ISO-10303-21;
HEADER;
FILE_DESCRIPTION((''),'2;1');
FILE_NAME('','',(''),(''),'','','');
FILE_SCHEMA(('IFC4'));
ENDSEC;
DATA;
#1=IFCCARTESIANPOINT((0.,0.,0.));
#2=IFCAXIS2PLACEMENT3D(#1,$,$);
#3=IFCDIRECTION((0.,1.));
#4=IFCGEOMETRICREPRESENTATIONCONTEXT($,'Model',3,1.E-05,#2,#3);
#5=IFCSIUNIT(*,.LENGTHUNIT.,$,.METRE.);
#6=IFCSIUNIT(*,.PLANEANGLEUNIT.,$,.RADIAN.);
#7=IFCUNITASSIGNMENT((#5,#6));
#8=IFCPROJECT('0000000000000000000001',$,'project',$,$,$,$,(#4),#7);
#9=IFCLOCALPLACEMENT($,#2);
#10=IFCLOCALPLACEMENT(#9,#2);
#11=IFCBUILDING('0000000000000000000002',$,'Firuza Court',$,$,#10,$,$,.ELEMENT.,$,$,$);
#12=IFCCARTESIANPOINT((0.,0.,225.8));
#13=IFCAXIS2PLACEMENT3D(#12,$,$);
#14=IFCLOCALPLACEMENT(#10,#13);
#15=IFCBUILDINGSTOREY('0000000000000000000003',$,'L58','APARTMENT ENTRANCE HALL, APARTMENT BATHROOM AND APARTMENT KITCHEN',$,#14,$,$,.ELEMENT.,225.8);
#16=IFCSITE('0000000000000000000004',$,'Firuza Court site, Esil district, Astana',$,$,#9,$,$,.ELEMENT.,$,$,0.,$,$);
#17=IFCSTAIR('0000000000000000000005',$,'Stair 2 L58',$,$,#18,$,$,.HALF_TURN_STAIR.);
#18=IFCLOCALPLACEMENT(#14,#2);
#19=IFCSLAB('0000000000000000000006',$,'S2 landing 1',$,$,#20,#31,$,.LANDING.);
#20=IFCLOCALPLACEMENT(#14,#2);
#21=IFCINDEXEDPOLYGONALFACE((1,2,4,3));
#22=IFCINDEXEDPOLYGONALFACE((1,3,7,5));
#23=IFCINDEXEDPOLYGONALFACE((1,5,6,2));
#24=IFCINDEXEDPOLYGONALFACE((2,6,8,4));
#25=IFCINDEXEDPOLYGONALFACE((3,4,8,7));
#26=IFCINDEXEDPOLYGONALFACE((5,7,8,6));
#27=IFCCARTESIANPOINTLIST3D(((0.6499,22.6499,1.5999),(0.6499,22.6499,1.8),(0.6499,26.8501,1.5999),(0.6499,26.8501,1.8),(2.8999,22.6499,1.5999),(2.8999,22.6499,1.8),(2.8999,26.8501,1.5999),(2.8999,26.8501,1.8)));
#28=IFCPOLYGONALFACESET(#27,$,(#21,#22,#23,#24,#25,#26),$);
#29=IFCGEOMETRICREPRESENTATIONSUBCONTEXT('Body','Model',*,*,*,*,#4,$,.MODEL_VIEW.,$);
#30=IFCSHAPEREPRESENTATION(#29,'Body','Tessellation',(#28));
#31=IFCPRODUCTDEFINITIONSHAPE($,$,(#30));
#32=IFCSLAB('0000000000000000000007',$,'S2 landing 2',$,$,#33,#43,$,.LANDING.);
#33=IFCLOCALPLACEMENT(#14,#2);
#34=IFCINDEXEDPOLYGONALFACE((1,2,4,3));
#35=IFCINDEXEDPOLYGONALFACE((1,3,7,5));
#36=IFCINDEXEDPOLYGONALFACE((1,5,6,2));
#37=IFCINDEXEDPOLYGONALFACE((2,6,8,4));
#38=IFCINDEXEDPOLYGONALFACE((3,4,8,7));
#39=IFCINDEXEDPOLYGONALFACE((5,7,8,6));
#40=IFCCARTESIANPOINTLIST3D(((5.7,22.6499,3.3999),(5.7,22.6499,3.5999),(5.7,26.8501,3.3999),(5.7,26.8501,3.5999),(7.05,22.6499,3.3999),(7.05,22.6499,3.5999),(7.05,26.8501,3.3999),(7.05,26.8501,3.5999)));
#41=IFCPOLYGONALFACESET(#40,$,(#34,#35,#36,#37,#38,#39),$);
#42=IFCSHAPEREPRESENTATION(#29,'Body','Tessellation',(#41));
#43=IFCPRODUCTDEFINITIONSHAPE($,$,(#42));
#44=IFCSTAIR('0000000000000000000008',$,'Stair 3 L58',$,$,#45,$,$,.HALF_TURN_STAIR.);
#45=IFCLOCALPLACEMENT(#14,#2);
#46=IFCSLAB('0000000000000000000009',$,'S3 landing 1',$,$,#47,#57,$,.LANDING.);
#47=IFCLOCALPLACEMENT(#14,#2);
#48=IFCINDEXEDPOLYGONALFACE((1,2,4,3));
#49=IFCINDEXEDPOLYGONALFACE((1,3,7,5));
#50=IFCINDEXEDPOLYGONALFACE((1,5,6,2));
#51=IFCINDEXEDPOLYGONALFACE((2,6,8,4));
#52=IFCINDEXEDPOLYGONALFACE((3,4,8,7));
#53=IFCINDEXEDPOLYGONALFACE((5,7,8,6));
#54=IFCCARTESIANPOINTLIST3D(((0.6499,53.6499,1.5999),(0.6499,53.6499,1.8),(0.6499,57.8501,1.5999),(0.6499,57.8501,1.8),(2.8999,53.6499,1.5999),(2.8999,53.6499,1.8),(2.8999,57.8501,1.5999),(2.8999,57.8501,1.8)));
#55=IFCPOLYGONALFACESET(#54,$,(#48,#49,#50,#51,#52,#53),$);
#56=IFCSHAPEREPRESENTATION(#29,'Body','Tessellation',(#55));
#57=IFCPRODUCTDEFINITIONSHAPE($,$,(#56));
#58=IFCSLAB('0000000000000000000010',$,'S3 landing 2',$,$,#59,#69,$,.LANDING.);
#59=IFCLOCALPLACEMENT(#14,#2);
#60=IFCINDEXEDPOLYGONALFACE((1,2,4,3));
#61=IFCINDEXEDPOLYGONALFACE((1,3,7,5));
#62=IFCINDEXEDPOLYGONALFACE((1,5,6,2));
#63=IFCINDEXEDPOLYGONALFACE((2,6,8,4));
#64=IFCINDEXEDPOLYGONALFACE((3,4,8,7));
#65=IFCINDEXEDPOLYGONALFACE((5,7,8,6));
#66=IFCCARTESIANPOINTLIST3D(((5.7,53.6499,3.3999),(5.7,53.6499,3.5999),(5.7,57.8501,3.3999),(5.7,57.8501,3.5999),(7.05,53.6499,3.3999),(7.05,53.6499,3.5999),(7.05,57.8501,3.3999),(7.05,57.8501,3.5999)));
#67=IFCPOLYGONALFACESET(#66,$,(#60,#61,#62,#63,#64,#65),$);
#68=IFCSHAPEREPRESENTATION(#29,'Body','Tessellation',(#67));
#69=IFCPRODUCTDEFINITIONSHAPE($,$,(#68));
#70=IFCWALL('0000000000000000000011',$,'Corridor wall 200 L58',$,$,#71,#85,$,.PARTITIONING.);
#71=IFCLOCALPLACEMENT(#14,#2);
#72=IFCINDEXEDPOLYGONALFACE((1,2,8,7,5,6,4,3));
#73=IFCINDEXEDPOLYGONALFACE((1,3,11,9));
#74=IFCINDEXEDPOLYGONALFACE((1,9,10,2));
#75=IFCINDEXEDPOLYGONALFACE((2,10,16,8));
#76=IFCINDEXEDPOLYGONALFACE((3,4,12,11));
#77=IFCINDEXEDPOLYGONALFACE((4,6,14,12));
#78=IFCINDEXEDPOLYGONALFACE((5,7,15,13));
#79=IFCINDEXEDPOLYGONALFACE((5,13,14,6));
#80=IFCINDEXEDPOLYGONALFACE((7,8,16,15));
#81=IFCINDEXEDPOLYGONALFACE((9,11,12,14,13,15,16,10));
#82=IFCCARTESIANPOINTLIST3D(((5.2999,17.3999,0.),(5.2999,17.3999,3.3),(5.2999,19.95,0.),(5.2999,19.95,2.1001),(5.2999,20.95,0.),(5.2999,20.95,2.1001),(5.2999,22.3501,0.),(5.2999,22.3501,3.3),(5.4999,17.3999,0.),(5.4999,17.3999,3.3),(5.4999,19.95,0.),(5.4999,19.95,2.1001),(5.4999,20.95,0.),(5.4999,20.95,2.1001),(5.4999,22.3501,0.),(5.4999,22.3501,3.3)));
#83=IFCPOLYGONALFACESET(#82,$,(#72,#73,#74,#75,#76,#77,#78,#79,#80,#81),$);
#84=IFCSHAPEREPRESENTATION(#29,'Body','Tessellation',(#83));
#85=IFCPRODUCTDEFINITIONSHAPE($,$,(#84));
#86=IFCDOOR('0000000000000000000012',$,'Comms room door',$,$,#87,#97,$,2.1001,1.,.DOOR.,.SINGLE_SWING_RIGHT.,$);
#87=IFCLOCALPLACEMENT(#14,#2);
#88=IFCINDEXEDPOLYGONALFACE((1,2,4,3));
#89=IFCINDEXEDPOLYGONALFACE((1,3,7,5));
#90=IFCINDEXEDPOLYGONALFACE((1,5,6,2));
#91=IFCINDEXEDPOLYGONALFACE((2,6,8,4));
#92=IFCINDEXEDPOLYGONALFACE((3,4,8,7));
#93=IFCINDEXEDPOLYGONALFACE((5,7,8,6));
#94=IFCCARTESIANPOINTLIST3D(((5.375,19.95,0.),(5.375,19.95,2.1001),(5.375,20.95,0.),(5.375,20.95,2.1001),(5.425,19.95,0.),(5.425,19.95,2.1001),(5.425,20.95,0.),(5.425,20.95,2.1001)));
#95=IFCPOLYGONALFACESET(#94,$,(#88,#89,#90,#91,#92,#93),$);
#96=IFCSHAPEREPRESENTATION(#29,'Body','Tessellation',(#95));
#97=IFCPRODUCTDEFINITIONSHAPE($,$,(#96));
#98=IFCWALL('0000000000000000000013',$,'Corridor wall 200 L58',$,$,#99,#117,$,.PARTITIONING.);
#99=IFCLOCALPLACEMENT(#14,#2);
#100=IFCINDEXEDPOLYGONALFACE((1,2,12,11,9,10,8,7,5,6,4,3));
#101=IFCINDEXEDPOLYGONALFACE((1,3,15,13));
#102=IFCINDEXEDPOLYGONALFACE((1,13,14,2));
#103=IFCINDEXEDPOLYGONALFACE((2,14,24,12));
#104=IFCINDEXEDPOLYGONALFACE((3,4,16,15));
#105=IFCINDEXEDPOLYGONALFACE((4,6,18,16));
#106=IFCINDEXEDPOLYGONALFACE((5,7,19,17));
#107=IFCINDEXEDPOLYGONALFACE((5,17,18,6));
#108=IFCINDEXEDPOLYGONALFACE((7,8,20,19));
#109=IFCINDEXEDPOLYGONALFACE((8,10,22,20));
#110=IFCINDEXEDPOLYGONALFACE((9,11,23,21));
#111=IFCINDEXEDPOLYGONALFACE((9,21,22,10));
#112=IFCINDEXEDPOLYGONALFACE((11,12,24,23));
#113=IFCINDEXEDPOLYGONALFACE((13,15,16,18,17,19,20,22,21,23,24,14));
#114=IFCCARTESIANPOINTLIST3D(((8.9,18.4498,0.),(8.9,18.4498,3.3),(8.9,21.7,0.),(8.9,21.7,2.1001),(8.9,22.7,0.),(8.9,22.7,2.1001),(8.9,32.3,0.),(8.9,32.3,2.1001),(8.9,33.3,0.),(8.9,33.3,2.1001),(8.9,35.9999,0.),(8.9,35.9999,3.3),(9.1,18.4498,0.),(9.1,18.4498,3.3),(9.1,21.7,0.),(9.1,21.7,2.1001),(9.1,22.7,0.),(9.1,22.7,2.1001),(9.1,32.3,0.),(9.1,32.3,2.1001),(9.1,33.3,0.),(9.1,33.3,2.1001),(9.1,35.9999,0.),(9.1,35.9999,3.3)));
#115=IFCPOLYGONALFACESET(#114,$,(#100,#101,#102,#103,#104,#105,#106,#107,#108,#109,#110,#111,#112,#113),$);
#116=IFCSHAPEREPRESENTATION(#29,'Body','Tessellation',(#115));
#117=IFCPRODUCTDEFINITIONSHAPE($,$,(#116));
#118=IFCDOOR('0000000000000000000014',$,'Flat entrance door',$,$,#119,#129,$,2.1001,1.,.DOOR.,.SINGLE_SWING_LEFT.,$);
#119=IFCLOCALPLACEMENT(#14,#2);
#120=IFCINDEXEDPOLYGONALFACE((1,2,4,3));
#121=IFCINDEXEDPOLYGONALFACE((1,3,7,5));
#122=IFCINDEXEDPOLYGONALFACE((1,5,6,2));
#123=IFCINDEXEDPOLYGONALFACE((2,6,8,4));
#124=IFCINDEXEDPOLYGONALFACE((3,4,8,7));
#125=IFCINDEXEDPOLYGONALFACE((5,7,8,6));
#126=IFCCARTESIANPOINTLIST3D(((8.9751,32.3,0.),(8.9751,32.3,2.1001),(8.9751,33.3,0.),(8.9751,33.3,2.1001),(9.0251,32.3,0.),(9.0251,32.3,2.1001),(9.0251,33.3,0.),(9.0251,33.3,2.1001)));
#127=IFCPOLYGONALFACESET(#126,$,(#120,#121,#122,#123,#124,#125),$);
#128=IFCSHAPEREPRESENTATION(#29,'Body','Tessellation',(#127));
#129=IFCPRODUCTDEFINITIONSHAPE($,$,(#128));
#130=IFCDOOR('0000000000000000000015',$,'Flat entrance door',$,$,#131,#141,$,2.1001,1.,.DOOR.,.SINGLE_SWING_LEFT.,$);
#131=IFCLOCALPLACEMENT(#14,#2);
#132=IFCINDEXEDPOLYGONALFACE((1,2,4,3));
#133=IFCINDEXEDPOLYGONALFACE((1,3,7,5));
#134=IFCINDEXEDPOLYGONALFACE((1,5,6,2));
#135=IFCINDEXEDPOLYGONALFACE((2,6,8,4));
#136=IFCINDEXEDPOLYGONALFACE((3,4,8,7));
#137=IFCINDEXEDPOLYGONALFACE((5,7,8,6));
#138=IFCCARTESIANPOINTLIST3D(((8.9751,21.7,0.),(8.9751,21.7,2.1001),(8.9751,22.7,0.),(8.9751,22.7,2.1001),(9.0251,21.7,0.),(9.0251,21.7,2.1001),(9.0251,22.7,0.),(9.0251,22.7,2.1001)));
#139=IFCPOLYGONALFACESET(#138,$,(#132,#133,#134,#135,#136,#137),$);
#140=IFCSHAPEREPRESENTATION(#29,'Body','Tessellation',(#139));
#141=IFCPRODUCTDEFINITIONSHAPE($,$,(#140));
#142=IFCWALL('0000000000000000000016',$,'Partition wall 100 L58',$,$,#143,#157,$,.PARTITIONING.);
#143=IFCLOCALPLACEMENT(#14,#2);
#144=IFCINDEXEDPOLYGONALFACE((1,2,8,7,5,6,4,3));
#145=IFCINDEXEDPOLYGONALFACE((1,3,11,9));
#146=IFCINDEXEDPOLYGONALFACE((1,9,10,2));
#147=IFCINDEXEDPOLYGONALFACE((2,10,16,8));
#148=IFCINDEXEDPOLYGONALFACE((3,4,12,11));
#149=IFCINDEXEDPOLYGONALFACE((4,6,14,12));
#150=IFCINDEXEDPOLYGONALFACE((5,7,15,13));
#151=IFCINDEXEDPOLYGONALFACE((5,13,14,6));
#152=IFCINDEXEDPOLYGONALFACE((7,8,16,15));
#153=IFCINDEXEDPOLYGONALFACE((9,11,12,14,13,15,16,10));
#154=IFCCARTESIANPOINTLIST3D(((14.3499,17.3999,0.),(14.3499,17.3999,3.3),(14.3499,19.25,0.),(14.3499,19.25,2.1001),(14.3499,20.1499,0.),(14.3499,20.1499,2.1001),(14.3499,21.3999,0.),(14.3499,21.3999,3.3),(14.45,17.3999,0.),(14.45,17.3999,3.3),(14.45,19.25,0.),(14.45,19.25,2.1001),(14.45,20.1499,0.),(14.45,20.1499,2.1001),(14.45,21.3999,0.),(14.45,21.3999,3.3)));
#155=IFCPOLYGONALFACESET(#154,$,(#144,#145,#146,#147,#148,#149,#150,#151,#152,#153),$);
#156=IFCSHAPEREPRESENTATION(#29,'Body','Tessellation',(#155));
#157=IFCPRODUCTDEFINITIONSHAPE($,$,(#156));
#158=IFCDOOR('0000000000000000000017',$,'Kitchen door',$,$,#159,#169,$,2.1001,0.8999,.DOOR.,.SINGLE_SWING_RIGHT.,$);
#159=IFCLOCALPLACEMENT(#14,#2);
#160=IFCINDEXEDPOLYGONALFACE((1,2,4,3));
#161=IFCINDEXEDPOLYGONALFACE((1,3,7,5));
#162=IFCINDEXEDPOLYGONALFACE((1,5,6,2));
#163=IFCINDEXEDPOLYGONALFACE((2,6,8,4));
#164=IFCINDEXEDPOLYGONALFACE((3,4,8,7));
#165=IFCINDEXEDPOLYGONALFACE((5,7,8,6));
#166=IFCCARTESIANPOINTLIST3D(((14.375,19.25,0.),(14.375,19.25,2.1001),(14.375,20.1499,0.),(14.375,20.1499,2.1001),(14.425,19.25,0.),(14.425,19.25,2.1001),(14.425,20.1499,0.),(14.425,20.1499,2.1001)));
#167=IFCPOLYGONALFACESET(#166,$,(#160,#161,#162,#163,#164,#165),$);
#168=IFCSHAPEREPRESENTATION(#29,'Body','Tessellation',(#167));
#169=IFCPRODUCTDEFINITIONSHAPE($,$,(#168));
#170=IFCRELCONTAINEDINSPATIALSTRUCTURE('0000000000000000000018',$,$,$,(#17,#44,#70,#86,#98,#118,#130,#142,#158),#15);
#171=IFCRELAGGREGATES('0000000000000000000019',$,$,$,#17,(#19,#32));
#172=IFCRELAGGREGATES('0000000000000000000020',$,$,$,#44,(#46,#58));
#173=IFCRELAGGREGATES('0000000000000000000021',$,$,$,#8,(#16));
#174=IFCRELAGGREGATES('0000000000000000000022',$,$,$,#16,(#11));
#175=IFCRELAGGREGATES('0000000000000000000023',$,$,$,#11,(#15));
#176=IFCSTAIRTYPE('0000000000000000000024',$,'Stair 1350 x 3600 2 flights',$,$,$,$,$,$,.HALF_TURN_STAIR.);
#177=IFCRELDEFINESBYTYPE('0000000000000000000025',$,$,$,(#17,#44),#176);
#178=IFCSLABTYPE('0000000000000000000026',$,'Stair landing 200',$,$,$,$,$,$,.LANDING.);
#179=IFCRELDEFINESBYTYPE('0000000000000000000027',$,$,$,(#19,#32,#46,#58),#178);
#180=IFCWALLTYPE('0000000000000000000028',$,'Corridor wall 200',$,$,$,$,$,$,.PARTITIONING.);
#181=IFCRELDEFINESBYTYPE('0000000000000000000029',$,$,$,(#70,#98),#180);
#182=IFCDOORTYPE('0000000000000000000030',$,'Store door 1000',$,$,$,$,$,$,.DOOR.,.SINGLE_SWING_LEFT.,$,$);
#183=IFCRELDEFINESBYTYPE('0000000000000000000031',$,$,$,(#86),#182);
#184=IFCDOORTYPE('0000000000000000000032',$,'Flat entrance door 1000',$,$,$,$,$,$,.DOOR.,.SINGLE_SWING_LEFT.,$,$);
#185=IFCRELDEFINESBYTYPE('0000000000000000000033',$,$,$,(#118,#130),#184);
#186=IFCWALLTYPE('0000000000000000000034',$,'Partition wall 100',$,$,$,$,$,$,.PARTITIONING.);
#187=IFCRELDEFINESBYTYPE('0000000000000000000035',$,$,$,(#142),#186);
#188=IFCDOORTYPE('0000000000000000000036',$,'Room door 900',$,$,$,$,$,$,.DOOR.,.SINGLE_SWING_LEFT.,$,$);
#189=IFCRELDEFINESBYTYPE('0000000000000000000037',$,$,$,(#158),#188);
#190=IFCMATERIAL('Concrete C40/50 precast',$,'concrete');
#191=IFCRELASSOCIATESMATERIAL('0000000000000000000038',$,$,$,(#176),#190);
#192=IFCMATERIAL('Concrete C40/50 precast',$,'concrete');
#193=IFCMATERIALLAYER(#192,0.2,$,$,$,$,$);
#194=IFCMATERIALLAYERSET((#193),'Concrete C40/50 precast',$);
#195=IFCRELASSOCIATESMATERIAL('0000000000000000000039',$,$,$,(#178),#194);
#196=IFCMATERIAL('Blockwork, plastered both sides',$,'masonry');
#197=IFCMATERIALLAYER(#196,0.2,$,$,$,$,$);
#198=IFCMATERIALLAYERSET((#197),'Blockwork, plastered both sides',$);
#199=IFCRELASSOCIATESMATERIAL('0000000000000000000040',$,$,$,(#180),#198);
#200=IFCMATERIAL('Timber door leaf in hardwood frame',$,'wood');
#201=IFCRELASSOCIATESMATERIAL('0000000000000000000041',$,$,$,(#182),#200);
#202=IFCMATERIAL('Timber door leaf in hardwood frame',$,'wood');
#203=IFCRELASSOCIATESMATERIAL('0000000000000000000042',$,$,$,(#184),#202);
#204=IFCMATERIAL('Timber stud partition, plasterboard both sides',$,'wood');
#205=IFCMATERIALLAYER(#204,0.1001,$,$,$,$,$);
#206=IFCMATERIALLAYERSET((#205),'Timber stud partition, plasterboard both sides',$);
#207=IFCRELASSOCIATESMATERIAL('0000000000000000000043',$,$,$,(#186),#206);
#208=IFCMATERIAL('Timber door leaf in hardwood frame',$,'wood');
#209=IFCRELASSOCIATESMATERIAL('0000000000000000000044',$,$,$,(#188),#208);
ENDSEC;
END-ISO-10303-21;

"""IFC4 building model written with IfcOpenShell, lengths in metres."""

from ifc_helpers import new_model, si_unit, direction, frame, frame_2d, origin, place, context, subcontext, project, spatial, polyline, rectangle, outline, extrude, material, layer, layer_set, type_object, element, fill, aggregate, save


model = new_model("IFC4")

# Units and contexts
model_context = context("Model", 3, precision=1e-05, world=origin(), true_north=direction((0.0, 1.0)))
body_context = subcontext(model_context, "Body", "Model", "MODEL_VIEW")
ifc_project = project(units=[si_unit("LENGTHUNIT", "METRE"), si_unit("PLANEANGLEUNIT", "RADIAN")], contexts=[model_context])

# Site, building, storey
site_placement = place(None, origin())
site = spatial("IfcSite", under=ifc_project, at=site_placement, Name="Firuza Court site, Esil district, Astana", CompositionType="ELEMENT", RefElevation=0.0)
building_placement = place(site_placement, origin())
building = spatial("IfcBuilding", under=site, at=building_placement, Name="Firuza Court", CompositionType="ELEMENT")
storey_placement = place(building_placement, frame((0.0, 0.0, 225.8)))
storey = spatial("IfcBuildingStorey", under=building, at=storey_placement, Name="L58", Description="APARTMENT ENTRANCE HALL, APARTMENT BATHROOM AND APARTMENT KITCHEN", CompositionType="ELEMENT", Elevation=225.8)

# Stairs, slabs
ifc_material_1 = material(Name="Concrete C40/50 precast", Category="concrete")
stair_type = type_object("IfcStairType", Name="Stair 1350 x 3600 2 flights", PredefinedType="HALF_TURN_STAIR", material=ifc_material_1)
ifc_material_2 = material(Name="Concrete C40/50 precast", Category="concrete")
ifc_layer_1 = layer(ifc_material_2, 0.2)
ifc_layer_set_1 = layer_set([ifc_layer_1], Name="Concrete C40/50 precast")
slab_type_1 = type_object("IfcSlabType", Name="Stair landing 200", PredefinedType="LANDING", material=ifc_layer_set_1)
stair_1_placement = place(storey_placement, origin())
stair_1 = element("IfcStair", 1, at=stair_1_placement, inside=storey, type_object=stair_type, Name="Stair 2 L58", PredefinedType="HALF_TURN_STAIR")
slab_1_placement = place(storey_placement, frame((0.0, 0.0, 1.5999)))
slab_1 = element("IfcSlab", 2, at=slab_1_placement, type_object=slab_type_1, Name="S2 landing 1", PredefinedType="LANDING", context=body_context, shape_type="SweptSolid", body=[
    extrude(outline(polyline([(2.8999, 22.6499), (2.8999, 26.8501), (0.6499, 26.8501), (0.6499, 22.6499), (2.8999, 22.6499)])), origin(), (0.0, 0.0, 1.0), 0.2002),
])
slab_2_placement = place(storey_placement, frame((0.0, 0.0, 3.3999)))
slab_2 = element("IfcSlab", 3, at=slab_2_placement, type_object=slab_type_1, Name="S2 landing 2", PredefinedType="LANDING", context=body_context, shape_type="SweptSolid", body=[
    extrude(outline(polyline([(7.05, 22.6499), (7.05, 26.8501), (5.7, 26.8501), (5.7, 22.6499), (7.05, 22.6499)])), origin(), (0.0, 0.0, 1.0), 0.2),
])
aggregate(stair_1, [slab_1, slab_2])
stair_2_placement = place(storey_placement, origin())
stair_2 = element("IfcStair", 4, at=stair_2_placement, inside=storey, type_object=stair_type, Name="Stair 3 L58", PredefinedType="HALF_TURN_STAIR")
slab_3_placement = place(storey_placement, frame((0.0, 0.0, 1.5999)))
slab_3 = element("IfcSlab", 5, at=slab_3_placement, type_object=slab_type_1, Name="S3 landing 1", PredefinedType="LANDING", context=body_context, shape_type="SweptSolid", body=[
    extrude(outline(polyline([(2.8999, 53.6499), (2.8999, 57.8501), (0.6499, 57.8501), (0.6499, 53.6499), (2.8999, 53.6499)])), origin(), (0.0, 0.0, 1.0), 0.2002),
])
slab_4_placement = place(storey_placement, frame((0.0, 0.0, 3.3999)))
slab_4 = element("IfcSlab", 6, at=slab_4_placement, type_object=slab_type_1, Name="S3 landing 2", PredefinedType="LANDING", context=body_context, shape_type="SweptSolid", body=[
    extrude(outline(polyline([(7.05, 53.6499), (7.05, 57.8501), (5.7, 57.8501), (5.7, 53.6499), (7.05, 53.6499)])), origin(), (0.0, 0.0, 1.0), 0.2),
])
aggregate(stair_2, [slab_3, slab_4])

# Wall, opening, door
ifc_material_3 = material(Name="Blockwork, plastered both sides", Category="masonry")
ifc_layer_2 = layer(ifc_material_3, 0.2)
ifc_layer_set_2 = layer_set([ifc_layer_2], Name="Blockwork, plastered both sides")
wall_type_1 = type_object("IfcWallType", Name="Corridor wall 200", PredefinedType="PARTITIONING", material=ifc_layer_set_2)
wall_1_placement = place(storey_placement, frame((5.3999, 17.3999, 0.0), z_axis=(0.0, 0.0, 1.0), x_axis=(0.0, 1.0, 0.0)))
wall_1 = element("IfcWall", 7, at=wall_1_placement, inside=storey, type_object=wall_type_1, Name="Corridor wall 200 L58", PredefinedType="PARTITIONING", context=body_context, shape_type="SweptSolid", body=[
    extrude(rectangle(XDim=4.9502, YDim=0.2, at=frame_2d((2.4751, 0.0))), origin(), (0.0, 0.0, 1.0), 3.3),
])
opening_1_placement = place(wall_1_placement, frame((2.55, 0.0, 0.0)))
opening_1 = element("IfcOpeningElement", 8, at=opening_1_placement, cuts=wall_1, PredefinedType="OPENING", context=body_context, shape_type="SweptSolid", body=[
    extrude(rectangle(XDim=1.0, YDim=2.1001, at=frame_2d((0.5, 1.05))), frame((0.0, 0.1118, 0.0), z_axis=(0.0, -1.0, 0.0), x_axis=(1.0, 0.0, 0.0)), (0.0, 0.0, 1.0), 0.2239),
])
ifc_material_4 = material(Name="Timber door leaf in hardwood frame", Category="wood")
door_type_1 = type_object("IfcDoorType", Name="Store door 1000", OperationType="SINGLE_SWING_LEFT", PredefinedType="DOOR", material=ifc_material_4)
door_1_placement = place(opening_1_placement, origin())
door_1 = element("IfcDoor", 9, at=door_1_placement, inside=storey, type_object=door_type_1, Name="Comms room door", OperationType="SINGLE_SWING_RIGHT", OverallHeight=2.1001, OverallWidth=1.0, PredefinedType="DOOR", context=body_context, shape_type="SweptSolid", body=[
    extrude(rectangle(XDim=1.0, YDim=2.1001, at=frame_2d((0.5, 1.05))), frame((0.0, 0.0249, 0.0), z_axis=(0.0, -1.0, 0.0), x_axis=(1.0, 0.0, 0.0)), (0.0, 0.0, 1.0), 0.05),
])
fill(opening_1, door_1)

# Wall, openings, doors
wall_2_placement = place(storey_placement, frame((9.0, 18.45, 0.0), z_axis=(0.0, 0.0, 1.0), x_axis=(0.0, 1.0, 0.0)))
wall_2 = element("IfcWall", 10, at=wall_2_placement, inside=storey, type_object=wall_type_1, Name="Corridor wall 200 L58", PredefinedType="PARTITIONING", context=body_context, shape_type="SweptSolid", body=[
    extrude(rectangle(XDim=17.55, YDim=0.2, at=frame_2d((8.7749, 0.0))), origin(), (0.0, 0.0, 1.0), 3.3),
])
opening_2_placement = place(wall_2_placement, frame((13.8501, 0.0, 0.0)))
opening_2 = element("IfcOpeningElement", 11, at=opening_2_placement, cuts=wall_2, PredefinedType="OPENING", context=body_context, shape_type="SweptSolid", body=[
    extrude(rectangle(XDim=1.0, YDim=2.1001, at=frame_2d((0.5, 1.05))), frame((0.0, 0.1118, 0.0), z_axis=(0.0, -1.0, 0.0), x_axis=(1.0, 0.0, 0.0)), (0.0, 0.0, 1.0), 0.2239),
])
opening_3_placement = place(wall_2_placement, frame((3.25, 0.0, 0.0)))
opening_3 = element("IfcOpeningElement", 12, at=opening_3_placement, cuts=wall_2, PredefinedType="OPENING", context=body_context, shape_type="SweptSolid", body=[
    extrude(rectangle(XDim=1.0, YDim=2.1001, at=frame_2d((0.5, 1.05))), frame((0.0, 0.1118, 0.0), z_axis=(0.0, -1.0, 0.0), x_axis=(1.0, 0.0, 0.0)), (0.0, 0.0, 1.0), 0.2239),
])
ifc_material_5 = material(Name="Timber door leaf in hardwood frame", Category="wood")
door_type_2 = type_object("IfcDoorType", Name="Flat entrance door 1000", OperationType="SINGLE_SWING_LEFT", PredefinedType="DOOR", material=ifc_material_5)
door_2_placement = place(opening_2_placement, origin())
door_2 = element("IfcDoor", 13, at=door_2_placement, inside=storey, type_object=door_type_2, Name="Flat entrance door", OperationType="SINGLE_SWING_LEFT", OverallHeight=2.1001, OverallWidth=1.0, PredefinedType="DOOR", context=body_context, shape_type="SweptSolid", body=[
    extrude(rectangle(XDim=1.0, YDim=2.1001, at=frame_2d((0.5, 1.05))), frame((0.0, 0.0249, 0.0), z_axis=(0.0, -1.0, 0.0), x_axis=(1.0, 0.0, 0.0)), (0.0, 0.0, 1.0), 0.05),
])
fill(opening_2, door_2)
door_3_placement = place(opening_3_placement, origin())
door_3 = element("IfcDoor", 14, at=door_3_placement, inside=storey, type_object=door_type_2, Name="Flat entrance door", OperationType="SINGLE_SWING_LEFT", OverallHeight=2.1001, OverallWidth=1.0, PredefinedType="DOOR", context=body_context, shape_type="SweptSolid", body=[
    extrude(rectangle(XDim=1.0, YDim=2.1001, at=frame_2d((0.5, 1.05))), frame((0.0, 0.0249, 0.0), z_axis=(0.0, -1.0, 0.0), x_axis=(1.0, 0.0, 0.0)), (0.0, 0.0, 1.0), 0.05),
])
fill(opening_3, door_3)

# Wall, opening, door
ifc_material_6 = material(Name="Timber stud partition, plasterboard both sides", Category="wood")
ifc_layer_3 = layer(ifc_material_6, 0.1001)
ifc_layer_set_3 = layer_set([ifc_layer_3], Name="Timber stud partition, plasterboard both sides")
wall_type_2 = type_object("IfcWallType", Name="Partition wall 100", PredefinedType="PARTITIONING", material=ifc_layer_set_3)
wall_3_placement = place(storey_placement, frame((14.3999, 17.3999, 0.0), z_axis=(0.0, 0.0, 1.0), x_axis=(0.0, 1.0, 0.0)))
wall_3 = element("IfcWall", 15, at=wall_3_placement, inside=storey, type_object=wall_type_2, Name="Partition wall 100 L58", PredefinedType="PARTITIONING", context=body_context, shape_type="SweptSolid", body=[
    extrude(rectangle(XDim=4.0, YDim=0.1001, at=frame_2d((2.0, 0.0))), origin(), (0.0, 0.0, 1.0), 3.3),
])
opening_4_placement = place(wall_3_placement, frame((1.8501, 0.0, 0.0)))
opening_4 = element("IfcOpeningElement", 16, at=opening_4_placement, cuts=wall_3, PredefinedType="OPENING", context=body_context, shape_type="SweptSolid", body=[
    extrude(rectangle(XDim=0.8999, YDim=2.1001, at=frame_2d((0.45, 1.05))), frame((0.0, 0.062, 0.0), z_axis=(0.0, -1.0, 0.0), x_axis=(1.0, 0.0, 0.0)), (0.0, 0.0, 1.0), 0.124),
])
ifc_material_7 = material(Name="Timber door leaf in hardwood frame", Category="wood")
door_type_3 = type_object("IfcDoorType", Name="Room door 900", OperationType="SINGLE_SWING_LEFT", PredefinedType="DOOR", material=ifc_material_7)
door_4_placement = place(opening_4_placement, origin())
door_4 = element("IfcDoor", 17, at=door_4_placement, inside=storey, type_object=door_type_3, Name="Kitchen door", OperationType="SINGLE_SWING_RIGHT", OverallHeight=2.1001, OverallWidth=0.8999, PredefinedType="DOOR", context=body_context, shape_type="SweptSolid", body=[
    extrude(rectangle(XDim=0.8999, YDim=2.1001, at=frame_2d((0.45, 1.05))), frame((0.0, 0.0249, 0.0), z_axis=(0.0, -1.0, 0.0), x_axis=(1.0, 0.0, 0.0)), (0.0, 0.0, 1.0), 0.05),
])
fill(opening_4, door_4)

save(model, "model.ifc")
